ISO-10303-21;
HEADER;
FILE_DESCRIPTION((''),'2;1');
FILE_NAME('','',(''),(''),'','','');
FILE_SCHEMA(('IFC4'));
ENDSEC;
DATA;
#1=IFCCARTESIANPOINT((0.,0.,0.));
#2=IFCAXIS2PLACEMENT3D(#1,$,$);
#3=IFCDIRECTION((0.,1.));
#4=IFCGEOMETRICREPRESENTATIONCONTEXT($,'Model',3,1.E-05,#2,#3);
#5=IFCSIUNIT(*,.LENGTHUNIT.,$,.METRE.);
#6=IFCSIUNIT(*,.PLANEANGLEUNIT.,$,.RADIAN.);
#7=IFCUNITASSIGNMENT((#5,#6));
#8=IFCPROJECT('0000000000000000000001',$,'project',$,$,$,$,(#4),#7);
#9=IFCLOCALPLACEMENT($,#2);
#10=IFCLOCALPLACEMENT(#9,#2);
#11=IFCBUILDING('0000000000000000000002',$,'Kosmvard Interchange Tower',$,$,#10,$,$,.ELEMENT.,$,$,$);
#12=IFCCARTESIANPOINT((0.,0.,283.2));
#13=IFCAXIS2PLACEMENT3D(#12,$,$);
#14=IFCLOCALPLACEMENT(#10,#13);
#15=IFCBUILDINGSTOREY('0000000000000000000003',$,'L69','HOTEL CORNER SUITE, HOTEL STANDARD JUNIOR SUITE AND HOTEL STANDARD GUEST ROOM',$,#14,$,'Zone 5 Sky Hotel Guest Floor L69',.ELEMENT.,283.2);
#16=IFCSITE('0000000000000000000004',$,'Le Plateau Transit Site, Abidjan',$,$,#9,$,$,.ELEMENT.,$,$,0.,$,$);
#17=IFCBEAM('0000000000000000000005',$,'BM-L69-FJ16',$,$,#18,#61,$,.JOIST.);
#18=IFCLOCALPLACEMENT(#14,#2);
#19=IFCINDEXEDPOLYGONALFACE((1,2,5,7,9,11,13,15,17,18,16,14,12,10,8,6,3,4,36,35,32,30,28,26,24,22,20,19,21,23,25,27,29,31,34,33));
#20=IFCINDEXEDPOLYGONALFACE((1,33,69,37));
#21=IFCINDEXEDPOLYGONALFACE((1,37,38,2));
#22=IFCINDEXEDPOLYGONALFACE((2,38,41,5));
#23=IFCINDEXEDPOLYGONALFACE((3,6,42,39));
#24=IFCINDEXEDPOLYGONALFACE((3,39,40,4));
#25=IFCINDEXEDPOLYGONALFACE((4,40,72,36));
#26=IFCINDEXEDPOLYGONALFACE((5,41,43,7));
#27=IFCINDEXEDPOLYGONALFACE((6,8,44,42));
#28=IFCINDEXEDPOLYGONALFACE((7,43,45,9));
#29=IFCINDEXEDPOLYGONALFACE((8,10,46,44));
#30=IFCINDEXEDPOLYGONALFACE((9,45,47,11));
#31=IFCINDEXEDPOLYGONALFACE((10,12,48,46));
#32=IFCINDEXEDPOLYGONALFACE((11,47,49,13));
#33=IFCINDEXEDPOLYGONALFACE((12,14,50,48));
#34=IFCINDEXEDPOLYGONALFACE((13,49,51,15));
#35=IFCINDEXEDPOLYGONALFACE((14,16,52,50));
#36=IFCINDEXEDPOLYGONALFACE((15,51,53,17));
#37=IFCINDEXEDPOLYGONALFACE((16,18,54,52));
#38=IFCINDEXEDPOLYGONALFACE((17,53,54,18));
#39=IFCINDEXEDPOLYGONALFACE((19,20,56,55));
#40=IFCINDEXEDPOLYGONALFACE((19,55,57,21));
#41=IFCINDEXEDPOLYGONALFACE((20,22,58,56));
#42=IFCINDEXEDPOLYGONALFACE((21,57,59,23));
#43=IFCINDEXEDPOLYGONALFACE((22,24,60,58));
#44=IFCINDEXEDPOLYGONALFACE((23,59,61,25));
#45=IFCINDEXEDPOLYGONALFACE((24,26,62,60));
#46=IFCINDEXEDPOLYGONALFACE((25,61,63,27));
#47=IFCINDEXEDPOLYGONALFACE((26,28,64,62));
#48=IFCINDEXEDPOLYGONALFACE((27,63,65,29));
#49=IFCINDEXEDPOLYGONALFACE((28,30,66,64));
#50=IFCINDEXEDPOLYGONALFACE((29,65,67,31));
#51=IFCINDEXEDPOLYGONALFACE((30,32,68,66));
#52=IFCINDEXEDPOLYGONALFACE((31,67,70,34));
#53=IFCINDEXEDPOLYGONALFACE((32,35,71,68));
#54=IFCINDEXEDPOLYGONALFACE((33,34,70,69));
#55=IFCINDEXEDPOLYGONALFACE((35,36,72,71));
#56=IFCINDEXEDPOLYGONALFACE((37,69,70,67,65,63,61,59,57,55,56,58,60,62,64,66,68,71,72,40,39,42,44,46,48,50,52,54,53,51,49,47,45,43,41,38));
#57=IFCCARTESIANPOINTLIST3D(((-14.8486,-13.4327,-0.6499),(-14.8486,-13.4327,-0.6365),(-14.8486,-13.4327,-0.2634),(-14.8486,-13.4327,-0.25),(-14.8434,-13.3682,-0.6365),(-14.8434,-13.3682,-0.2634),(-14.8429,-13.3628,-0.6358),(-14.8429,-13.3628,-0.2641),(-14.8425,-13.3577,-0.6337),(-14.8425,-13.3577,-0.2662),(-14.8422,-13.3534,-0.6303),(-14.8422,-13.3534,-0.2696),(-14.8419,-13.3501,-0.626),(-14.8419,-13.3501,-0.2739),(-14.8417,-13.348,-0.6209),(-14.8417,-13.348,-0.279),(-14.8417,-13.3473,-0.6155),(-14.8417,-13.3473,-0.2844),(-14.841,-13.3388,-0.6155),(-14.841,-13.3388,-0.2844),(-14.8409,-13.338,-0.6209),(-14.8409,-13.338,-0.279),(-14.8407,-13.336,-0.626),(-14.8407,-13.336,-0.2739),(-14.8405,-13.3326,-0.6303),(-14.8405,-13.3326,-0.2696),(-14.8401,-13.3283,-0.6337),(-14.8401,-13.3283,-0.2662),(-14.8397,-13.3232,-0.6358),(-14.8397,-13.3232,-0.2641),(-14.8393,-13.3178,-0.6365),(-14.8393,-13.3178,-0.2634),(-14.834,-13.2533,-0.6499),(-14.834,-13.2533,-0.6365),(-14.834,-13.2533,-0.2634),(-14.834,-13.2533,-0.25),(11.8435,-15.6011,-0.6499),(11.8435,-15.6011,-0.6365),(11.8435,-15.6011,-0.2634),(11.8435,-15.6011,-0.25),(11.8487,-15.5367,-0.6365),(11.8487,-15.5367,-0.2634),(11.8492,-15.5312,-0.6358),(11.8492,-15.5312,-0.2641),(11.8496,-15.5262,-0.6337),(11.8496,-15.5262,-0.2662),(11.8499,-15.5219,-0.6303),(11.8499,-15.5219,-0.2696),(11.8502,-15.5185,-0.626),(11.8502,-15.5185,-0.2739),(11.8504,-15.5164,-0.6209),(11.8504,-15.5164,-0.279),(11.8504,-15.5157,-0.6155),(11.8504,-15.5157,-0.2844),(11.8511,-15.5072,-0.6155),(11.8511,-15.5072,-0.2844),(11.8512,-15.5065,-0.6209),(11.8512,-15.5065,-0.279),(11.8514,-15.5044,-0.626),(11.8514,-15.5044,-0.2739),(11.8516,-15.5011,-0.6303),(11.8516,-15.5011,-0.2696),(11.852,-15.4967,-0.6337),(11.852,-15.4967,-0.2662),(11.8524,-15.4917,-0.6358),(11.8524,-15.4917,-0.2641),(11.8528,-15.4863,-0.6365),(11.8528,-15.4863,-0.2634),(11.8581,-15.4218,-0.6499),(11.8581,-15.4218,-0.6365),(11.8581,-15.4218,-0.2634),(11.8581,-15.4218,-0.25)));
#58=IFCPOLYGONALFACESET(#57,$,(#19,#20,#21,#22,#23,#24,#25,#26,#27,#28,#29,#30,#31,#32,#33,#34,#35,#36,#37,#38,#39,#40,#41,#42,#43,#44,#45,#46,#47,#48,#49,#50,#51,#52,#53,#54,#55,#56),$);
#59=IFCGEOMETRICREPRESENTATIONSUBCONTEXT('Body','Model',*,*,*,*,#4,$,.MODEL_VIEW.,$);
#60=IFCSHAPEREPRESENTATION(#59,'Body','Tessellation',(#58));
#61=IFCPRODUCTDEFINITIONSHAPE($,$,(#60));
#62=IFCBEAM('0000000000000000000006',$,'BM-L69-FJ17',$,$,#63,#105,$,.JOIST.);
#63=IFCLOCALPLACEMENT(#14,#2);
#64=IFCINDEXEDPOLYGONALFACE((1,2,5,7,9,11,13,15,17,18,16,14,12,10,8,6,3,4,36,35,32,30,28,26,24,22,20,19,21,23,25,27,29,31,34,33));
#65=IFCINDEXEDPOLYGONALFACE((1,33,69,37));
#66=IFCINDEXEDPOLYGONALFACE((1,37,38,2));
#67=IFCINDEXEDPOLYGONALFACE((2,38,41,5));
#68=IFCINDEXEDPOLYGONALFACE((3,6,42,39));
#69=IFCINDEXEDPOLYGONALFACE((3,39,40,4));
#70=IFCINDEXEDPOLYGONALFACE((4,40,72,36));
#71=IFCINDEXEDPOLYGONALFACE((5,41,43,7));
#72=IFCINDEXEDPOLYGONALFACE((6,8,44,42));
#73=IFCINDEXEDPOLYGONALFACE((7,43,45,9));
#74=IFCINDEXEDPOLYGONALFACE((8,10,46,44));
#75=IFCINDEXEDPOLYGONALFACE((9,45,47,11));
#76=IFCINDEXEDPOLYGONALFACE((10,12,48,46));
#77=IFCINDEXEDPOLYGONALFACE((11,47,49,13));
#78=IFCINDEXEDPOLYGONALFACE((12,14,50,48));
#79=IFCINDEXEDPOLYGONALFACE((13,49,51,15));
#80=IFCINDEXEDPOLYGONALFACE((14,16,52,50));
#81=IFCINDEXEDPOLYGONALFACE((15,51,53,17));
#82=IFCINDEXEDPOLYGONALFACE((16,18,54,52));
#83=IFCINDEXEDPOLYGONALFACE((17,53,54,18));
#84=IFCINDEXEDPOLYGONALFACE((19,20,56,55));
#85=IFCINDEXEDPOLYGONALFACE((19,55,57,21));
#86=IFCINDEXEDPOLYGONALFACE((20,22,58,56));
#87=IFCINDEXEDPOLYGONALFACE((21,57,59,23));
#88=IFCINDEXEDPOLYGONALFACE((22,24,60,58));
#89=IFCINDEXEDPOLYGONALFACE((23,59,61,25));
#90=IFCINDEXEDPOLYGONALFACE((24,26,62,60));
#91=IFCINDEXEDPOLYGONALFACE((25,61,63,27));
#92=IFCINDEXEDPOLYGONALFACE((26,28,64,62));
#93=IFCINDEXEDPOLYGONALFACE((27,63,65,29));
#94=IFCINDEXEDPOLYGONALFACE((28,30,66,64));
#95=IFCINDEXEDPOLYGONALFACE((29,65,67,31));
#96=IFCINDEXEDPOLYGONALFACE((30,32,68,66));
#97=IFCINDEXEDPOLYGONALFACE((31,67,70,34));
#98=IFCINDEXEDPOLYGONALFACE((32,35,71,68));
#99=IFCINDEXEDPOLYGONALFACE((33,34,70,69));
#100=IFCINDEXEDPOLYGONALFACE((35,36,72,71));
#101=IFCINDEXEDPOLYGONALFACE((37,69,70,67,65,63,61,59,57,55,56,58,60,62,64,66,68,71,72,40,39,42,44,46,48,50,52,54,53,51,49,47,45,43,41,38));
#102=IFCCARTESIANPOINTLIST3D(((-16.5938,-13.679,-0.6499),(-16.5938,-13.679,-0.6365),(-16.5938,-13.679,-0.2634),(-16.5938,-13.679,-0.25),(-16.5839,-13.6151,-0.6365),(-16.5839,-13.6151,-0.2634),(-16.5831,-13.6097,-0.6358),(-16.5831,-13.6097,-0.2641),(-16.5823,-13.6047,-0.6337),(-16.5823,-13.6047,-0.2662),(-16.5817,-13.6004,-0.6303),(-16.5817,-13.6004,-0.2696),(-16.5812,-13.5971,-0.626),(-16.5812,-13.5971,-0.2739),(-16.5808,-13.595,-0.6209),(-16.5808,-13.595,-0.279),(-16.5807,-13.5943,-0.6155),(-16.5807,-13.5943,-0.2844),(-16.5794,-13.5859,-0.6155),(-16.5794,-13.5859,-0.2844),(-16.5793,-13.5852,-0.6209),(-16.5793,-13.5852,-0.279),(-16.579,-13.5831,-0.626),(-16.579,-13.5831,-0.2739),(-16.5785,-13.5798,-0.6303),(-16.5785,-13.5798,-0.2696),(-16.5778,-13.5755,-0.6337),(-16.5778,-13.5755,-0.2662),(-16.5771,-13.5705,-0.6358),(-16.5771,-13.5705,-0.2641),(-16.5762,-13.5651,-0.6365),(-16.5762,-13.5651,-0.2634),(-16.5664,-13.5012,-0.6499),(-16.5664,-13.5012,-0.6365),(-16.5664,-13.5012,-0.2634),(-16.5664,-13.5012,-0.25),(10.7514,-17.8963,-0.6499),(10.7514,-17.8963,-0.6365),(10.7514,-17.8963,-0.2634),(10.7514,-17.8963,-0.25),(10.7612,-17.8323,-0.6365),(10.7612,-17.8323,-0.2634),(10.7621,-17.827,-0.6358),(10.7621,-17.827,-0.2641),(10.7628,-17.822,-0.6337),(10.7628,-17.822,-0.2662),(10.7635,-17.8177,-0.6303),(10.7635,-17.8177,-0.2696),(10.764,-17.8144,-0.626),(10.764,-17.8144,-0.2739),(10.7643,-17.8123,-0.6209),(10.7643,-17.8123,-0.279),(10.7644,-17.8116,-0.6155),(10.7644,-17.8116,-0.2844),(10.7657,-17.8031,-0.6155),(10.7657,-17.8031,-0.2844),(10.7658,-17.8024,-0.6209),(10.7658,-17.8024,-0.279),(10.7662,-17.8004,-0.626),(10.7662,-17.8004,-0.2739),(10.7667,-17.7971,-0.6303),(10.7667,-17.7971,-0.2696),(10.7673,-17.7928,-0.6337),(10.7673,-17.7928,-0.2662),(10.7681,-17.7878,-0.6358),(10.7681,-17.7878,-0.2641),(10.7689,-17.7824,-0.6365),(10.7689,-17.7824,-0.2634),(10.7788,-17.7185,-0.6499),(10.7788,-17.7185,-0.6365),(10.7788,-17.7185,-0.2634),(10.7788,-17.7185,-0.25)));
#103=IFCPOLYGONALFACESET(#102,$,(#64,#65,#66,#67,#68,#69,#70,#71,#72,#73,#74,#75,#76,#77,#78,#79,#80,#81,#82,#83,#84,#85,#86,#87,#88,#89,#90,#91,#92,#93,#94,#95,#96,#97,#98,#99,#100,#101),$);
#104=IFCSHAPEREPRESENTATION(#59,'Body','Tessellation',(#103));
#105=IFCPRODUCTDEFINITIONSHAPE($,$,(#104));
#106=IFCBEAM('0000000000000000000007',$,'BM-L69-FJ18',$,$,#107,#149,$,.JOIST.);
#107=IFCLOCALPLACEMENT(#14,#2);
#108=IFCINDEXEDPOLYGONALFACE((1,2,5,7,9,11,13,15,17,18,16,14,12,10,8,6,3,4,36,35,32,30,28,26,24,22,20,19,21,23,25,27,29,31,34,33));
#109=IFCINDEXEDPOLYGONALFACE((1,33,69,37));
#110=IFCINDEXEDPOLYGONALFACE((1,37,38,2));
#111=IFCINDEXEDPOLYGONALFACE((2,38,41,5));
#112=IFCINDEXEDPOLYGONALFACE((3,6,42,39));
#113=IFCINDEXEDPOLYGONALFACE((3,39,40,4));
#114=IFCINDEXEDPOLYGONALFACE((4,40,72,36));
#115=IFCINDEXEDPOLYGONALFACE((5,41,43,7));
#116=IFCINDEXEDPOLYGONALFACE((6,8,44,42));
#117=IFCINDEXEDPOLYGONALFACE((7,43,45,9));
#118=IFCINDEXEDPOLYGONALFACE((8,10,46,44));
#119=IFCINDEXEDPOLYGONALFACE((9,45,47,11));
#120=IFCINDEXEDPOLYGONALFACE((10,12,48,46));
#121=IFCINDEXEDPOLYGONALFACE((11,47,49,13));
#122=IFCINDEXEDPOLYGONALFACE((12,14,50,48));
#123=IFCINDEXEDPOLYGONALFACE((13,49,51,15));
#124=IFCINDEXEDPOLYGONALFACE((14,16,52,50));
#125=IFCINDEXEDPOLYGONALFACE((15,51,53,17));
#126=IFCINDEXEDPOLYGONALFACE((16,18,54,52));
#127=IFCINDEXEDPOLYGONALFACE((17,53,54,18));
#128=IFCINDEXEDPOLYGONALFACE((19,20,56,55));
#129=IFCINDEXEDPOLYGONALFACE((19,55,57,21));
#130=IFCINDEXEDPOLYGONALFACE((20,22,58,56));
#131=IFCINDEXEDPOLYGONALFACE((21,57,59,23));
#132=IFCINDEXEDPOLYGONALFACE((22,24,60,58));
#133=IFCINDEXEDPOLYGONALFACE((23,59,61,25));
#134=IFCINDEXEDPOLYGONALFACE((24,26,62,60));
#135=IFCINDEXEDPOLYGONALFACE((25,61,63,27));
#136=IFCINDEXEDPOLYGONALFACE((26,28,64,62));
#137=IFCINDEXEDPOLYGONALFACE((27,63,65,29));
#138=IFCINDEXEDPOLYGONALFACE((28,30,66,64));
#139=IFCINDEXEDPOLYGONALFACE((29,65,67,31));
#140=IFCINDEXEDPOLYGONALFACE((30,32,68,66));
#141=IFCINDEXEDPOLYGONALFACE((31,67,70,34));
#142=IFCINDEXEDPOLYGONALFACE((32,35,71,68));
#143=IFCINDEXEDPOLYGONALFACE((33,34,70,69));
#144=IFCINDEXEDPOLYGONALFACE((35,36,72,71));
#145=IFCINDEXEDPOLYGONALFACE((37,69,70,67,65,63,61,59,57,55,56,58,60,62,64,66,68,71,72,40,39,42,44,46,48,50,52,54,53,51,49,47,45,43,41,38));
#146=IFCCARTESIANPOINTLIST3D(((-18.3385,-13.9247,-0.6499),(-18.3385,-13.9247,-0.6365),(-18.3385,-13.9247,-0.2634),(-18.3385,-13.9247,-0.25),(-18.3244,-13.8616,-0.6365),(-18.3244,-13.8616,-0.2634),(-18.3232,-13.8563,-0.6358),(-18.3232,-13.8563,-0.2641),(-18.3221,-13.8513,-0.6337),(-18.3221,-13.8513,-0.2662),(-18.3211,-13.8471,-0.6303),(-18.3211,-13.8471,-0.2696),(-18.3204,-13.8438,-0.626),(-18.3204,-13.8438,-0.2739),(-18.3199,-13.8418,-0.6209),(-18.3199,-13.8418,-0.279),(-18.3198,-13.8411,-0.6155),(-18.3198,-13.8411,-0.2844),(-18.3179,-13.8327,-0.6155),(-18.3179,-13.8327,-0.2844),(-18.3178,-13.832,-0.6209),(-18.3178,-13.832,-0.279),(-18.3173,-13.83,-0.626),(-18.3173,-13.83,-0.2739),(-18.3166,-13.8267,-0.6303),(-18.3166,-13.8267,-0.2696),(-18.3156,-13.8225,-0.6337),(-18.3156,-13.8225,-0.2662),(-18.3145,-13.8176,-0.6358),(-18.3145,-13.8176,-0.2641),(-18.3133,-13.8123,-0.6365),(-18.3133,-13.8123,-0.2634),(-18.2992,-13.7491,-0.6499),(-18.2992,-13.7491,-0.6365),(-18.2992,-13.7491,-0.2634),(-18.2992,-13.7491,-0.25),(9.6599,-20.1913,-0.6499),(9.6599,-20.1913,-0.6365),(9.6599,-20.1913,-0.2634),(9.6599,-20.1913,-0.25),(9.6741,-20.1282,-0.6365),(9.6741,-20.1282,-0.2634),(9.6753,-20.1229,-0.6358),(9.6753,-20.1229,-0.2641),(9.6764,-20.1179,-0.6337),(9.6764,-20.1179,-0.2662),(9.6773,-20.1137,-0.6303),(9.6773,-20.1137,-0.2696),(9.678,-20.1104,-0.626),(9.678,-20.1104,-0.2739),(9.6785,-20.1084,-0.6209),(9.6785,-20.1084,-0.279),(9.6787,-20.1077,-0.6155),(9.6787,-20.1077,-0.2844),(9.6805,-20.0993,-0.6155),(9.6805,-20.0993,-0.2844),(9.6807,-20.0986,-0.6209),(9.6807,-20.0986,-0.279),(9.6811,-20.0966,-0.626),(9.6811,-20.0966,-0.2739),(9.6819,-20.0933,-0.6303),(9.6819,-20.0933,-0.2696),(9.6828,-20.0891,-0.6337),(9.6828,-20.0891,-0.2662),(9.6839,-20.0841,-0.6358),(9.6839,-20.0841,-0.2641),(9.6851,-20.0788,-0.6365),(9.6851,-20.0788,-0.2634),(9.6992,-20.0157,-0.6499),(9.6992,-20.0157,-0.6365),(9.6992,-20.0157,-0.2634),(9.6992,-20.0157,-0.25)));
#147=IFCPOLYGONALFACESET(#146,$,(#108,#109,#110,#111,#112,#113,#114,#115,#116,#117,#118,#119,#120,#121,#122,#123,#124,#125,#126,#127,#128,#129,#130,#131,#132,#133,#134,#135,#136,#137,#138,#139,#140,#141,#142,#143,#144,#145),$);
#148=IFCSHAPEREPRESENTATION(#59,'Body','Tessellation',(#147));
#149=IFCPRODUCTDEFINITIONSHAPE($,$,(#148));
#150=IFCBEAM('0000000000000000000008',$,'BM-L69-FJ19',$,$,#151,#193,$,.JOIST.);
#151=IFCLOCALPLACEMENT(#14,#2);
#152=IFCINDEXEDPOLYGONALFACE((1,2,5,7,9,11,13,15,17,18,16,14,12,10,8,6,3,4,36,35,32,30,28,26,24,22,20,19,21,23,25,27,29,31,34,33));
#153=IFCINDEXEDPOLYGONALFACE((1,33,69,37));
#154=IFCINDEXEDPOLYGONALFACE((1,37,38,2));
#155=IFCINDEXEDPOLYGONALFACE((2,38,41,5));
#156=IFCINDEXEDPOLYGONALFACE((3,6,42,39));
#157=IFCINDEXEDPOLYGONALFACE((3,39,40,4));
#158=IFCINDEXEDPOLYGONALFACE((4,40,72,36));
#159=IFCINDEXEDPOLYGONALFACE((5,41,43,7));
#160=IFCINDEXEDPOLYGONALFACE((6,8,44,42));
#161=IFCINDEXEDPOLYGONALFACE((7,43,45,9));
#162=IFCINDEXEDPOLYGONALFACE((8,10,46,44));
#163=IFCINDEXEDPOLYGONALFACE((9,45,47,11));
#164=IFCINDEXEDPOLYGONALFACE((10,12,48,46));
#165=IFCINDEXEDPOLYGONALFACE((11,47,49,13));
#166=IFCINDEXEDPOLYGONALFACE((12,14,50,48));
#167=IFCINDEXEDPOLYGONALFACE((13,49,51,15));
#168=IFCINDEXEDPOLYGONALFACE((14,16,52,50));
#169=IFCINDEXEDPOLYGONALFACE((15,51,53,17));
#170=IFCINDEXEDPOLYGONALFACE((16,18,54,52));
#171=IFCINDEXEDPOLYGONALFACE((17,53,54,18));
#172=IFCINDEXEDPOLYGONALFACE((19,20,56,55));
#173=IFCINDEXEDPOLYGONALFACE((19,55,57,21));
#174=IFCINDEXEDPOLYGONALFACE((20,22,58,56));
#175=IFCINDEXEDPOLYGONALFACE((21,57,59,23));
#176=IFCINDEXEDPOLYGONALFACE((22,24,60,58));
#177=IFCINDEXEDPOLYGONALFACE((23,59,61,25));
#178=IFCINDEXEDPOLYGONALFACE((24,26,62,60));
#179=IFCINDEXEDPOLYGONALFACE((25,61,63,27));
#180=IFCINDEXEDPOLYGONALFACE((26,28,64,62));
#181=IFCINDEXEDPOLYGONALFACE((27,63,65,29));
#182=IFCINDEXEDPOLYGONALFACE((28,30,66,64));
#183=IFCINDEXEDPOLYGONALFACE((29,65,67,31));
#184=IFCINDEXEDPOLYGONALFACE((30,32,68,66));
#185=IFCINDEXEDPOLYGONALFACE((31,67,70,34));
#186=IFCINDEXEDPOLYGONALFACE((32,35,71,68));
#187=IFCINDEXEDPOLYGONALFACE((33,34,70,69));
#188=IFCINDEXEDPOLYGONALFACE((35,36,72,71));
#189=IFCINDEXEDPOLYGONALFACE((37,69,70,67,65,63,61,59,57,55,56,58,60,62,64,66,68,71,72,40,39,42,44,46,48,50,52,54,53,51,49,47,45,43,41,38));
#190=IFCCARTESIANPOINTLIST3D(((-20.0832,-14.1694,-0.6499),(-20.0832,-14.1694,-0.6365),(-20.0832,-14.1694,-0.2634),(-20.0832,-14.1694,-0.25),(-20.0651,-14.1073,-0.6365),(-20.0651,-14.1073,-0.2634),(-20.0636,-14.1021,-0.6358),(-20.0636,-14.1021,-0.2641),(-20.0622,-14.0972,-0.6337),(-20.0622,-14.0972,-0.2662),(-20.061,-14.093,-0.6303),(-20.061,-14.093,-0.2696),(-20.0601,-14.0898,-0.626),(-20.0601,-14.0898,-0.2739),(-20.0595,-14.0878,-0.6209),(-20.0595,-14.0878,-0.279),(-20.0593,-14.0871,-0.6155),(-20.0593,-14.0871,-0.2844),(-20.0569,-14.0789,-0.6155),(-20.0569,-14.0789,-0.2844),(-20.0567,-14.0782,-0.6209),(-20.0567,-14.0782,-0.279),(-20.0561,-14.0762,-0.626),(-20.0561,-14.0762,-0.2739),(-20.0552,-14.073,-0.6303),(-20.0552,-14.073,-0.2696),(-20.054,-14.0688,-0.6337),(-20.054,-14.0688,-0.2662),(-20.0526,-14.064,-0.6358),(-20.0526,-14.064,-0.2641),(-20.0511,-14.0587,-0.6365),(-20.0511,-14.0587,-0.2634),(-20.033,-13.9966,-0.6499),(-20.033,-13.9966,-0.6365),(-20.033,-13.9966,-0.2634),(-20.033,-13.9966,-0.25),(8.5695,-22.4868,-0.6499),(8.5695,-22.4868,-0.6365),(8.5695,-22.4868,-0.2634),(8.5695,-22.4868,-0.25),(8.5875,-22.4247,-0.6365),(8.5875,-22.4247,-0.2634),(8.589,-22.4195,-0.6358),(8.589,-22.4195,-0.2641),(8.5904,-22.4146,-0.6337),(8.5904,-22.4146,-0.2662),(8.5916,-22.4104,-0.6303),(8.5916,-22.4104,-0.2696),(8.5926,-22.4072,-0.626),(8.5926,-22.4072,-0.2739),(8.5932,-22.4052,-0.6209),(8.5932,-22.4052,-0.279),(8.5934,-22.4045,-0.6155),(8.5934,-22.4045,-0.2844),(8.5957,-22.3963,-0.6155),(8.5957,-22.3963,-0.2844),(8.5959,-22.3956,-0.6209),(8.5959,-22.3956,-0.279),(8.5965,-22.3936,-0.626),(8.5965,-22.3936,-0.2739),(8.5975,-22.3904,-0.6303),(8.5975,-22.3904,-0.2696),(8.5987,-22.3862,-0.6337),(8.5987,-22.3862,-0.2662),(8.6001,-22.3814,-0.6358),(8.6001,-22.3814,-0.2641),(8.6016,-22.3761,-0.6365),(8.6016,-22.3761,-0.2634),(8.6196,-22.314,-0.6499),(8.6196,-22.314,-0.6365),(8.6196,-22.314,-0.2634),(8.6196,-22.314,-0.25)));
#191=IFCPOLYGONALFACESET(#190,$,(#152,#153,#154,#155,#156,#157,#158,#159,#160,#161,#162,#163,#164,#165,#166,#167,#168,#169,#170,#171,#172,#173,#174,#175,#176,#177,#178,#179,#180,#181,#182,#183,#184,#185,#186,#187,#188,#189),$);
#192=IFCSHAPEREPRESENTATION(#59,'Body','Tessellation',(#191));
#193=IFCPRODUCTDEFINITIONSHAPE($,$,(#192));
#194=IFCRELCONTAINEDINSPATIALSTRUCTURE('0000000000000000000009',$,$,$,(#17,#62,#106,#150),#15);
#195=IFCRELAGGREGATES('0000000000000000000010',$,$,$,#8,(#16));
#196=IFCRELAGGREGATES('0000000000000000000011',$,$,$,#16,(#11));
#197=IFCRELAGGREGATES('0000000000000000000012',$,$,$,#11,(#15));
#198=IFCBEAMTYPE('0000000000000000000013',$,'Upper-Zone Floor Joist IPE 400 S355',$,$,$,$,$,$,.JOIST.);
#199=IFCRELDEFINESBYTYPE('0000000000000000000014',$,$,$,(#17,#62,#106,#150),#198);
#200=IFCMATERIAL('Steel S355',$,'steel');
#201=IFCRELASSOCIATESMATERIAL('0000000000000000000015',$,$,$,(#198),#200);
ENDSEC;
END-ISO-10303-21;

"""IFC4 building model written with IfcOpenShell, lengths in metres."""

from ifc_helpers import new_model, si_unit, direction, frame, origin, origin_2d, place, context, subcontext, project, spatial, i_section, extrude, source, transform, mapped, material, material_profile, profile_set, type_object, element, save


model = new_model("IFC4")

# Units and contexts
model_context = context("Model", 3, precision=1e-05, world=origin(), true_north=direction((0.0, 1.0)))
body_context = subcontext(model_context, "Body", "Model", "MODEL_VIEW")
ifc_project = project(units=[si_unit("LENGTHUNIT", "METRE"), si_unit("PLANEANGLEUNIT", "RADIAN")], contexts=[model_context])

# Site, building, storey
site_placement = place(None, origin())
site = spatial("IfcSite", under=ifc_project, at=site_placement, Name="Le Plateau Transit Site, Abidjan", CompositionType="ELEMENT", RefElevation=0.0)
building_placement = place(site_placement, origin())
building = spatial("IfcBuilding", under=site, at=building_placement, Name="Kosmvard Interchange Tower", CompositionType="ELEMENT")
storey_placement = place(building_placement, frame((0.0, 0.0, 283.2)))
storey = spatial("IfcBuildingStorey", under=building, at=storey_placement, Name="L69", Description="HOTEL CORNER SUITE, HOTEL STANDARD JUNIOR SUITE AND HOTEL STANDARD GUEST ROOM", LongName="Zone 5 Sky Hotel Guest Floor L69", CompositionType="ELEMENT", Elevation=283.2)

# Beams
ifc_material_1 = material(Name="Steel S355", Category="steel")
ifc_material_profile_1 = material_profile(ifc_material_1, i_section(OverallWidth=0.1799, OverallDepth=0.3999, WebThickness=0.0085, FlangeThickness=0.0134, FilletRadius=0.021, at=origin_2d()), Name="IPE 400")
ifc_profile_set_1 = profile_set([ifc_material_profile_1], Name="Steel S355")
beam_type_1 = type_object("IfcBeamType", Name="Upper-Zone Floor Joist IPE 400 S355", PredefinedType="JOIST", material=ifc_profile_set_1)
shared_shape_1 = source(origin(), body_context, "Body", "SweptSolid", [
    extrude(i_section(OverallWidth=0.1799, OverallDepth=0.3999, WebThickness=0.0085, FlangeThickness=0.0134, FilletRadius=0.021, at=origin_2d()), origin(), (0.0, 0.0, 1.0), 26.78),
])
beam_1_placement = place(storey_placement, frame((-14.8413, -13.343, -0.45), z_axis=(0.996716, -0.080973, 0.0), x_axis=(0.080973, 0.996716, 0.0)))
element("IfcBeam", 1, at=beam_1_placement, inside=storey, type_object=beam_type_1, Name="BM-L69-FJ16", PredefinedType="JOIST", context=body_context, shape_type="MappedRepresentation", body=[
    mapped(shared_shape_1, transform((0.0, 0.0, 0.0), scale=1.0)),
])
shared_shape_2 = source(origin(), body_context, "Body", "SweptSolid", [
    extrude(i_section(OverallWidth=0.1799, OverallDepth=0.3999, WebThickness=0.0085, FlangeThickness=0.0134, FilletRadius=0.021, at=origin_2d()), origin(), (0.0, 0.0, 1.0), 27.6685),
])
beam_2_placement = place(storey_placement, frame((-16.5801, -13.5901, -0.45), z_axis=(0.988316, -0.152422, 0.0), x_axis=(0.152422, 0.988316, 0.0)))
element("IfcBeam", 2, at=beam_2_placement, inside=storey, type_object=beam_type_1, Name="BM-L69-FJ17", PredefinedType="JOIST", context=body_context, shape_type="MappedRepresentation", body=[
    mapped(shared_shape_2, transform((0.0, 0.0, 0.0), scale=1.0)),
])
shared_shape_3 = source(origin(), body_context, "Body", "SweptSolid", [
    extrude(i_section(OverallWidth=0.1799, OverallDepth=0.3999, WebThickness=0.0085, FlangeThickness=0.0134, FilletRadius=0.021, at=origin_2d()), origin(), (0.0, 0.0, 1.0), 28.6912),
])
beam_3_placement = place(storey_placement, frame((-18.3188, -13.8369, -0.45), z_axis=(0.975856, -0.218415, 0.0), x_axis=(0.218415, 0.975856, 0.0)))
element("IfcBeam", 3, at=beam_3_placement, inside=storey, type_object=beam_type_1, Name="BM-L69-FJ18", PredefinedType="JOIST", context=body_context, shape_type="MappedRepresentation", body=[
    mapped(shared_shape_3, transform((0.0, 0.0, 0.0), scale=1.0)),
])
shared_shape_4 = source(origin(), body_context, "Body", "SweptSolid", [
    extrude(i_section(OverallWidth=0.1799, OverallDepth=0.3999, WebThickness=0.0085, FlangeThickness=0.0134, FilletRadius=0.021, at=origin_2d()), origin(), (0.0, 0.0, 1.0), 29.8354),
])
beam_4_placement = place(storey_placement, frame((-20.0581, -14.083, -0.45), z_axis=(0.960356, -0.278776, 0.0), x_axis=(0.278776, 0.960356, 0.0)))
element("IfcBeam", 4, at=beam_4_placement, inside=storey, type_object=beam_type_1, Name="BM-L69-FJ19", PredefinedType="JOIST", context=body_context, shape_type="MappedRepresentation", body=[
    mapped(shared_shape_4, transform((0.0, 0.0, 0.0), scale=1.0)),
])

save(model, "model.ifc")
